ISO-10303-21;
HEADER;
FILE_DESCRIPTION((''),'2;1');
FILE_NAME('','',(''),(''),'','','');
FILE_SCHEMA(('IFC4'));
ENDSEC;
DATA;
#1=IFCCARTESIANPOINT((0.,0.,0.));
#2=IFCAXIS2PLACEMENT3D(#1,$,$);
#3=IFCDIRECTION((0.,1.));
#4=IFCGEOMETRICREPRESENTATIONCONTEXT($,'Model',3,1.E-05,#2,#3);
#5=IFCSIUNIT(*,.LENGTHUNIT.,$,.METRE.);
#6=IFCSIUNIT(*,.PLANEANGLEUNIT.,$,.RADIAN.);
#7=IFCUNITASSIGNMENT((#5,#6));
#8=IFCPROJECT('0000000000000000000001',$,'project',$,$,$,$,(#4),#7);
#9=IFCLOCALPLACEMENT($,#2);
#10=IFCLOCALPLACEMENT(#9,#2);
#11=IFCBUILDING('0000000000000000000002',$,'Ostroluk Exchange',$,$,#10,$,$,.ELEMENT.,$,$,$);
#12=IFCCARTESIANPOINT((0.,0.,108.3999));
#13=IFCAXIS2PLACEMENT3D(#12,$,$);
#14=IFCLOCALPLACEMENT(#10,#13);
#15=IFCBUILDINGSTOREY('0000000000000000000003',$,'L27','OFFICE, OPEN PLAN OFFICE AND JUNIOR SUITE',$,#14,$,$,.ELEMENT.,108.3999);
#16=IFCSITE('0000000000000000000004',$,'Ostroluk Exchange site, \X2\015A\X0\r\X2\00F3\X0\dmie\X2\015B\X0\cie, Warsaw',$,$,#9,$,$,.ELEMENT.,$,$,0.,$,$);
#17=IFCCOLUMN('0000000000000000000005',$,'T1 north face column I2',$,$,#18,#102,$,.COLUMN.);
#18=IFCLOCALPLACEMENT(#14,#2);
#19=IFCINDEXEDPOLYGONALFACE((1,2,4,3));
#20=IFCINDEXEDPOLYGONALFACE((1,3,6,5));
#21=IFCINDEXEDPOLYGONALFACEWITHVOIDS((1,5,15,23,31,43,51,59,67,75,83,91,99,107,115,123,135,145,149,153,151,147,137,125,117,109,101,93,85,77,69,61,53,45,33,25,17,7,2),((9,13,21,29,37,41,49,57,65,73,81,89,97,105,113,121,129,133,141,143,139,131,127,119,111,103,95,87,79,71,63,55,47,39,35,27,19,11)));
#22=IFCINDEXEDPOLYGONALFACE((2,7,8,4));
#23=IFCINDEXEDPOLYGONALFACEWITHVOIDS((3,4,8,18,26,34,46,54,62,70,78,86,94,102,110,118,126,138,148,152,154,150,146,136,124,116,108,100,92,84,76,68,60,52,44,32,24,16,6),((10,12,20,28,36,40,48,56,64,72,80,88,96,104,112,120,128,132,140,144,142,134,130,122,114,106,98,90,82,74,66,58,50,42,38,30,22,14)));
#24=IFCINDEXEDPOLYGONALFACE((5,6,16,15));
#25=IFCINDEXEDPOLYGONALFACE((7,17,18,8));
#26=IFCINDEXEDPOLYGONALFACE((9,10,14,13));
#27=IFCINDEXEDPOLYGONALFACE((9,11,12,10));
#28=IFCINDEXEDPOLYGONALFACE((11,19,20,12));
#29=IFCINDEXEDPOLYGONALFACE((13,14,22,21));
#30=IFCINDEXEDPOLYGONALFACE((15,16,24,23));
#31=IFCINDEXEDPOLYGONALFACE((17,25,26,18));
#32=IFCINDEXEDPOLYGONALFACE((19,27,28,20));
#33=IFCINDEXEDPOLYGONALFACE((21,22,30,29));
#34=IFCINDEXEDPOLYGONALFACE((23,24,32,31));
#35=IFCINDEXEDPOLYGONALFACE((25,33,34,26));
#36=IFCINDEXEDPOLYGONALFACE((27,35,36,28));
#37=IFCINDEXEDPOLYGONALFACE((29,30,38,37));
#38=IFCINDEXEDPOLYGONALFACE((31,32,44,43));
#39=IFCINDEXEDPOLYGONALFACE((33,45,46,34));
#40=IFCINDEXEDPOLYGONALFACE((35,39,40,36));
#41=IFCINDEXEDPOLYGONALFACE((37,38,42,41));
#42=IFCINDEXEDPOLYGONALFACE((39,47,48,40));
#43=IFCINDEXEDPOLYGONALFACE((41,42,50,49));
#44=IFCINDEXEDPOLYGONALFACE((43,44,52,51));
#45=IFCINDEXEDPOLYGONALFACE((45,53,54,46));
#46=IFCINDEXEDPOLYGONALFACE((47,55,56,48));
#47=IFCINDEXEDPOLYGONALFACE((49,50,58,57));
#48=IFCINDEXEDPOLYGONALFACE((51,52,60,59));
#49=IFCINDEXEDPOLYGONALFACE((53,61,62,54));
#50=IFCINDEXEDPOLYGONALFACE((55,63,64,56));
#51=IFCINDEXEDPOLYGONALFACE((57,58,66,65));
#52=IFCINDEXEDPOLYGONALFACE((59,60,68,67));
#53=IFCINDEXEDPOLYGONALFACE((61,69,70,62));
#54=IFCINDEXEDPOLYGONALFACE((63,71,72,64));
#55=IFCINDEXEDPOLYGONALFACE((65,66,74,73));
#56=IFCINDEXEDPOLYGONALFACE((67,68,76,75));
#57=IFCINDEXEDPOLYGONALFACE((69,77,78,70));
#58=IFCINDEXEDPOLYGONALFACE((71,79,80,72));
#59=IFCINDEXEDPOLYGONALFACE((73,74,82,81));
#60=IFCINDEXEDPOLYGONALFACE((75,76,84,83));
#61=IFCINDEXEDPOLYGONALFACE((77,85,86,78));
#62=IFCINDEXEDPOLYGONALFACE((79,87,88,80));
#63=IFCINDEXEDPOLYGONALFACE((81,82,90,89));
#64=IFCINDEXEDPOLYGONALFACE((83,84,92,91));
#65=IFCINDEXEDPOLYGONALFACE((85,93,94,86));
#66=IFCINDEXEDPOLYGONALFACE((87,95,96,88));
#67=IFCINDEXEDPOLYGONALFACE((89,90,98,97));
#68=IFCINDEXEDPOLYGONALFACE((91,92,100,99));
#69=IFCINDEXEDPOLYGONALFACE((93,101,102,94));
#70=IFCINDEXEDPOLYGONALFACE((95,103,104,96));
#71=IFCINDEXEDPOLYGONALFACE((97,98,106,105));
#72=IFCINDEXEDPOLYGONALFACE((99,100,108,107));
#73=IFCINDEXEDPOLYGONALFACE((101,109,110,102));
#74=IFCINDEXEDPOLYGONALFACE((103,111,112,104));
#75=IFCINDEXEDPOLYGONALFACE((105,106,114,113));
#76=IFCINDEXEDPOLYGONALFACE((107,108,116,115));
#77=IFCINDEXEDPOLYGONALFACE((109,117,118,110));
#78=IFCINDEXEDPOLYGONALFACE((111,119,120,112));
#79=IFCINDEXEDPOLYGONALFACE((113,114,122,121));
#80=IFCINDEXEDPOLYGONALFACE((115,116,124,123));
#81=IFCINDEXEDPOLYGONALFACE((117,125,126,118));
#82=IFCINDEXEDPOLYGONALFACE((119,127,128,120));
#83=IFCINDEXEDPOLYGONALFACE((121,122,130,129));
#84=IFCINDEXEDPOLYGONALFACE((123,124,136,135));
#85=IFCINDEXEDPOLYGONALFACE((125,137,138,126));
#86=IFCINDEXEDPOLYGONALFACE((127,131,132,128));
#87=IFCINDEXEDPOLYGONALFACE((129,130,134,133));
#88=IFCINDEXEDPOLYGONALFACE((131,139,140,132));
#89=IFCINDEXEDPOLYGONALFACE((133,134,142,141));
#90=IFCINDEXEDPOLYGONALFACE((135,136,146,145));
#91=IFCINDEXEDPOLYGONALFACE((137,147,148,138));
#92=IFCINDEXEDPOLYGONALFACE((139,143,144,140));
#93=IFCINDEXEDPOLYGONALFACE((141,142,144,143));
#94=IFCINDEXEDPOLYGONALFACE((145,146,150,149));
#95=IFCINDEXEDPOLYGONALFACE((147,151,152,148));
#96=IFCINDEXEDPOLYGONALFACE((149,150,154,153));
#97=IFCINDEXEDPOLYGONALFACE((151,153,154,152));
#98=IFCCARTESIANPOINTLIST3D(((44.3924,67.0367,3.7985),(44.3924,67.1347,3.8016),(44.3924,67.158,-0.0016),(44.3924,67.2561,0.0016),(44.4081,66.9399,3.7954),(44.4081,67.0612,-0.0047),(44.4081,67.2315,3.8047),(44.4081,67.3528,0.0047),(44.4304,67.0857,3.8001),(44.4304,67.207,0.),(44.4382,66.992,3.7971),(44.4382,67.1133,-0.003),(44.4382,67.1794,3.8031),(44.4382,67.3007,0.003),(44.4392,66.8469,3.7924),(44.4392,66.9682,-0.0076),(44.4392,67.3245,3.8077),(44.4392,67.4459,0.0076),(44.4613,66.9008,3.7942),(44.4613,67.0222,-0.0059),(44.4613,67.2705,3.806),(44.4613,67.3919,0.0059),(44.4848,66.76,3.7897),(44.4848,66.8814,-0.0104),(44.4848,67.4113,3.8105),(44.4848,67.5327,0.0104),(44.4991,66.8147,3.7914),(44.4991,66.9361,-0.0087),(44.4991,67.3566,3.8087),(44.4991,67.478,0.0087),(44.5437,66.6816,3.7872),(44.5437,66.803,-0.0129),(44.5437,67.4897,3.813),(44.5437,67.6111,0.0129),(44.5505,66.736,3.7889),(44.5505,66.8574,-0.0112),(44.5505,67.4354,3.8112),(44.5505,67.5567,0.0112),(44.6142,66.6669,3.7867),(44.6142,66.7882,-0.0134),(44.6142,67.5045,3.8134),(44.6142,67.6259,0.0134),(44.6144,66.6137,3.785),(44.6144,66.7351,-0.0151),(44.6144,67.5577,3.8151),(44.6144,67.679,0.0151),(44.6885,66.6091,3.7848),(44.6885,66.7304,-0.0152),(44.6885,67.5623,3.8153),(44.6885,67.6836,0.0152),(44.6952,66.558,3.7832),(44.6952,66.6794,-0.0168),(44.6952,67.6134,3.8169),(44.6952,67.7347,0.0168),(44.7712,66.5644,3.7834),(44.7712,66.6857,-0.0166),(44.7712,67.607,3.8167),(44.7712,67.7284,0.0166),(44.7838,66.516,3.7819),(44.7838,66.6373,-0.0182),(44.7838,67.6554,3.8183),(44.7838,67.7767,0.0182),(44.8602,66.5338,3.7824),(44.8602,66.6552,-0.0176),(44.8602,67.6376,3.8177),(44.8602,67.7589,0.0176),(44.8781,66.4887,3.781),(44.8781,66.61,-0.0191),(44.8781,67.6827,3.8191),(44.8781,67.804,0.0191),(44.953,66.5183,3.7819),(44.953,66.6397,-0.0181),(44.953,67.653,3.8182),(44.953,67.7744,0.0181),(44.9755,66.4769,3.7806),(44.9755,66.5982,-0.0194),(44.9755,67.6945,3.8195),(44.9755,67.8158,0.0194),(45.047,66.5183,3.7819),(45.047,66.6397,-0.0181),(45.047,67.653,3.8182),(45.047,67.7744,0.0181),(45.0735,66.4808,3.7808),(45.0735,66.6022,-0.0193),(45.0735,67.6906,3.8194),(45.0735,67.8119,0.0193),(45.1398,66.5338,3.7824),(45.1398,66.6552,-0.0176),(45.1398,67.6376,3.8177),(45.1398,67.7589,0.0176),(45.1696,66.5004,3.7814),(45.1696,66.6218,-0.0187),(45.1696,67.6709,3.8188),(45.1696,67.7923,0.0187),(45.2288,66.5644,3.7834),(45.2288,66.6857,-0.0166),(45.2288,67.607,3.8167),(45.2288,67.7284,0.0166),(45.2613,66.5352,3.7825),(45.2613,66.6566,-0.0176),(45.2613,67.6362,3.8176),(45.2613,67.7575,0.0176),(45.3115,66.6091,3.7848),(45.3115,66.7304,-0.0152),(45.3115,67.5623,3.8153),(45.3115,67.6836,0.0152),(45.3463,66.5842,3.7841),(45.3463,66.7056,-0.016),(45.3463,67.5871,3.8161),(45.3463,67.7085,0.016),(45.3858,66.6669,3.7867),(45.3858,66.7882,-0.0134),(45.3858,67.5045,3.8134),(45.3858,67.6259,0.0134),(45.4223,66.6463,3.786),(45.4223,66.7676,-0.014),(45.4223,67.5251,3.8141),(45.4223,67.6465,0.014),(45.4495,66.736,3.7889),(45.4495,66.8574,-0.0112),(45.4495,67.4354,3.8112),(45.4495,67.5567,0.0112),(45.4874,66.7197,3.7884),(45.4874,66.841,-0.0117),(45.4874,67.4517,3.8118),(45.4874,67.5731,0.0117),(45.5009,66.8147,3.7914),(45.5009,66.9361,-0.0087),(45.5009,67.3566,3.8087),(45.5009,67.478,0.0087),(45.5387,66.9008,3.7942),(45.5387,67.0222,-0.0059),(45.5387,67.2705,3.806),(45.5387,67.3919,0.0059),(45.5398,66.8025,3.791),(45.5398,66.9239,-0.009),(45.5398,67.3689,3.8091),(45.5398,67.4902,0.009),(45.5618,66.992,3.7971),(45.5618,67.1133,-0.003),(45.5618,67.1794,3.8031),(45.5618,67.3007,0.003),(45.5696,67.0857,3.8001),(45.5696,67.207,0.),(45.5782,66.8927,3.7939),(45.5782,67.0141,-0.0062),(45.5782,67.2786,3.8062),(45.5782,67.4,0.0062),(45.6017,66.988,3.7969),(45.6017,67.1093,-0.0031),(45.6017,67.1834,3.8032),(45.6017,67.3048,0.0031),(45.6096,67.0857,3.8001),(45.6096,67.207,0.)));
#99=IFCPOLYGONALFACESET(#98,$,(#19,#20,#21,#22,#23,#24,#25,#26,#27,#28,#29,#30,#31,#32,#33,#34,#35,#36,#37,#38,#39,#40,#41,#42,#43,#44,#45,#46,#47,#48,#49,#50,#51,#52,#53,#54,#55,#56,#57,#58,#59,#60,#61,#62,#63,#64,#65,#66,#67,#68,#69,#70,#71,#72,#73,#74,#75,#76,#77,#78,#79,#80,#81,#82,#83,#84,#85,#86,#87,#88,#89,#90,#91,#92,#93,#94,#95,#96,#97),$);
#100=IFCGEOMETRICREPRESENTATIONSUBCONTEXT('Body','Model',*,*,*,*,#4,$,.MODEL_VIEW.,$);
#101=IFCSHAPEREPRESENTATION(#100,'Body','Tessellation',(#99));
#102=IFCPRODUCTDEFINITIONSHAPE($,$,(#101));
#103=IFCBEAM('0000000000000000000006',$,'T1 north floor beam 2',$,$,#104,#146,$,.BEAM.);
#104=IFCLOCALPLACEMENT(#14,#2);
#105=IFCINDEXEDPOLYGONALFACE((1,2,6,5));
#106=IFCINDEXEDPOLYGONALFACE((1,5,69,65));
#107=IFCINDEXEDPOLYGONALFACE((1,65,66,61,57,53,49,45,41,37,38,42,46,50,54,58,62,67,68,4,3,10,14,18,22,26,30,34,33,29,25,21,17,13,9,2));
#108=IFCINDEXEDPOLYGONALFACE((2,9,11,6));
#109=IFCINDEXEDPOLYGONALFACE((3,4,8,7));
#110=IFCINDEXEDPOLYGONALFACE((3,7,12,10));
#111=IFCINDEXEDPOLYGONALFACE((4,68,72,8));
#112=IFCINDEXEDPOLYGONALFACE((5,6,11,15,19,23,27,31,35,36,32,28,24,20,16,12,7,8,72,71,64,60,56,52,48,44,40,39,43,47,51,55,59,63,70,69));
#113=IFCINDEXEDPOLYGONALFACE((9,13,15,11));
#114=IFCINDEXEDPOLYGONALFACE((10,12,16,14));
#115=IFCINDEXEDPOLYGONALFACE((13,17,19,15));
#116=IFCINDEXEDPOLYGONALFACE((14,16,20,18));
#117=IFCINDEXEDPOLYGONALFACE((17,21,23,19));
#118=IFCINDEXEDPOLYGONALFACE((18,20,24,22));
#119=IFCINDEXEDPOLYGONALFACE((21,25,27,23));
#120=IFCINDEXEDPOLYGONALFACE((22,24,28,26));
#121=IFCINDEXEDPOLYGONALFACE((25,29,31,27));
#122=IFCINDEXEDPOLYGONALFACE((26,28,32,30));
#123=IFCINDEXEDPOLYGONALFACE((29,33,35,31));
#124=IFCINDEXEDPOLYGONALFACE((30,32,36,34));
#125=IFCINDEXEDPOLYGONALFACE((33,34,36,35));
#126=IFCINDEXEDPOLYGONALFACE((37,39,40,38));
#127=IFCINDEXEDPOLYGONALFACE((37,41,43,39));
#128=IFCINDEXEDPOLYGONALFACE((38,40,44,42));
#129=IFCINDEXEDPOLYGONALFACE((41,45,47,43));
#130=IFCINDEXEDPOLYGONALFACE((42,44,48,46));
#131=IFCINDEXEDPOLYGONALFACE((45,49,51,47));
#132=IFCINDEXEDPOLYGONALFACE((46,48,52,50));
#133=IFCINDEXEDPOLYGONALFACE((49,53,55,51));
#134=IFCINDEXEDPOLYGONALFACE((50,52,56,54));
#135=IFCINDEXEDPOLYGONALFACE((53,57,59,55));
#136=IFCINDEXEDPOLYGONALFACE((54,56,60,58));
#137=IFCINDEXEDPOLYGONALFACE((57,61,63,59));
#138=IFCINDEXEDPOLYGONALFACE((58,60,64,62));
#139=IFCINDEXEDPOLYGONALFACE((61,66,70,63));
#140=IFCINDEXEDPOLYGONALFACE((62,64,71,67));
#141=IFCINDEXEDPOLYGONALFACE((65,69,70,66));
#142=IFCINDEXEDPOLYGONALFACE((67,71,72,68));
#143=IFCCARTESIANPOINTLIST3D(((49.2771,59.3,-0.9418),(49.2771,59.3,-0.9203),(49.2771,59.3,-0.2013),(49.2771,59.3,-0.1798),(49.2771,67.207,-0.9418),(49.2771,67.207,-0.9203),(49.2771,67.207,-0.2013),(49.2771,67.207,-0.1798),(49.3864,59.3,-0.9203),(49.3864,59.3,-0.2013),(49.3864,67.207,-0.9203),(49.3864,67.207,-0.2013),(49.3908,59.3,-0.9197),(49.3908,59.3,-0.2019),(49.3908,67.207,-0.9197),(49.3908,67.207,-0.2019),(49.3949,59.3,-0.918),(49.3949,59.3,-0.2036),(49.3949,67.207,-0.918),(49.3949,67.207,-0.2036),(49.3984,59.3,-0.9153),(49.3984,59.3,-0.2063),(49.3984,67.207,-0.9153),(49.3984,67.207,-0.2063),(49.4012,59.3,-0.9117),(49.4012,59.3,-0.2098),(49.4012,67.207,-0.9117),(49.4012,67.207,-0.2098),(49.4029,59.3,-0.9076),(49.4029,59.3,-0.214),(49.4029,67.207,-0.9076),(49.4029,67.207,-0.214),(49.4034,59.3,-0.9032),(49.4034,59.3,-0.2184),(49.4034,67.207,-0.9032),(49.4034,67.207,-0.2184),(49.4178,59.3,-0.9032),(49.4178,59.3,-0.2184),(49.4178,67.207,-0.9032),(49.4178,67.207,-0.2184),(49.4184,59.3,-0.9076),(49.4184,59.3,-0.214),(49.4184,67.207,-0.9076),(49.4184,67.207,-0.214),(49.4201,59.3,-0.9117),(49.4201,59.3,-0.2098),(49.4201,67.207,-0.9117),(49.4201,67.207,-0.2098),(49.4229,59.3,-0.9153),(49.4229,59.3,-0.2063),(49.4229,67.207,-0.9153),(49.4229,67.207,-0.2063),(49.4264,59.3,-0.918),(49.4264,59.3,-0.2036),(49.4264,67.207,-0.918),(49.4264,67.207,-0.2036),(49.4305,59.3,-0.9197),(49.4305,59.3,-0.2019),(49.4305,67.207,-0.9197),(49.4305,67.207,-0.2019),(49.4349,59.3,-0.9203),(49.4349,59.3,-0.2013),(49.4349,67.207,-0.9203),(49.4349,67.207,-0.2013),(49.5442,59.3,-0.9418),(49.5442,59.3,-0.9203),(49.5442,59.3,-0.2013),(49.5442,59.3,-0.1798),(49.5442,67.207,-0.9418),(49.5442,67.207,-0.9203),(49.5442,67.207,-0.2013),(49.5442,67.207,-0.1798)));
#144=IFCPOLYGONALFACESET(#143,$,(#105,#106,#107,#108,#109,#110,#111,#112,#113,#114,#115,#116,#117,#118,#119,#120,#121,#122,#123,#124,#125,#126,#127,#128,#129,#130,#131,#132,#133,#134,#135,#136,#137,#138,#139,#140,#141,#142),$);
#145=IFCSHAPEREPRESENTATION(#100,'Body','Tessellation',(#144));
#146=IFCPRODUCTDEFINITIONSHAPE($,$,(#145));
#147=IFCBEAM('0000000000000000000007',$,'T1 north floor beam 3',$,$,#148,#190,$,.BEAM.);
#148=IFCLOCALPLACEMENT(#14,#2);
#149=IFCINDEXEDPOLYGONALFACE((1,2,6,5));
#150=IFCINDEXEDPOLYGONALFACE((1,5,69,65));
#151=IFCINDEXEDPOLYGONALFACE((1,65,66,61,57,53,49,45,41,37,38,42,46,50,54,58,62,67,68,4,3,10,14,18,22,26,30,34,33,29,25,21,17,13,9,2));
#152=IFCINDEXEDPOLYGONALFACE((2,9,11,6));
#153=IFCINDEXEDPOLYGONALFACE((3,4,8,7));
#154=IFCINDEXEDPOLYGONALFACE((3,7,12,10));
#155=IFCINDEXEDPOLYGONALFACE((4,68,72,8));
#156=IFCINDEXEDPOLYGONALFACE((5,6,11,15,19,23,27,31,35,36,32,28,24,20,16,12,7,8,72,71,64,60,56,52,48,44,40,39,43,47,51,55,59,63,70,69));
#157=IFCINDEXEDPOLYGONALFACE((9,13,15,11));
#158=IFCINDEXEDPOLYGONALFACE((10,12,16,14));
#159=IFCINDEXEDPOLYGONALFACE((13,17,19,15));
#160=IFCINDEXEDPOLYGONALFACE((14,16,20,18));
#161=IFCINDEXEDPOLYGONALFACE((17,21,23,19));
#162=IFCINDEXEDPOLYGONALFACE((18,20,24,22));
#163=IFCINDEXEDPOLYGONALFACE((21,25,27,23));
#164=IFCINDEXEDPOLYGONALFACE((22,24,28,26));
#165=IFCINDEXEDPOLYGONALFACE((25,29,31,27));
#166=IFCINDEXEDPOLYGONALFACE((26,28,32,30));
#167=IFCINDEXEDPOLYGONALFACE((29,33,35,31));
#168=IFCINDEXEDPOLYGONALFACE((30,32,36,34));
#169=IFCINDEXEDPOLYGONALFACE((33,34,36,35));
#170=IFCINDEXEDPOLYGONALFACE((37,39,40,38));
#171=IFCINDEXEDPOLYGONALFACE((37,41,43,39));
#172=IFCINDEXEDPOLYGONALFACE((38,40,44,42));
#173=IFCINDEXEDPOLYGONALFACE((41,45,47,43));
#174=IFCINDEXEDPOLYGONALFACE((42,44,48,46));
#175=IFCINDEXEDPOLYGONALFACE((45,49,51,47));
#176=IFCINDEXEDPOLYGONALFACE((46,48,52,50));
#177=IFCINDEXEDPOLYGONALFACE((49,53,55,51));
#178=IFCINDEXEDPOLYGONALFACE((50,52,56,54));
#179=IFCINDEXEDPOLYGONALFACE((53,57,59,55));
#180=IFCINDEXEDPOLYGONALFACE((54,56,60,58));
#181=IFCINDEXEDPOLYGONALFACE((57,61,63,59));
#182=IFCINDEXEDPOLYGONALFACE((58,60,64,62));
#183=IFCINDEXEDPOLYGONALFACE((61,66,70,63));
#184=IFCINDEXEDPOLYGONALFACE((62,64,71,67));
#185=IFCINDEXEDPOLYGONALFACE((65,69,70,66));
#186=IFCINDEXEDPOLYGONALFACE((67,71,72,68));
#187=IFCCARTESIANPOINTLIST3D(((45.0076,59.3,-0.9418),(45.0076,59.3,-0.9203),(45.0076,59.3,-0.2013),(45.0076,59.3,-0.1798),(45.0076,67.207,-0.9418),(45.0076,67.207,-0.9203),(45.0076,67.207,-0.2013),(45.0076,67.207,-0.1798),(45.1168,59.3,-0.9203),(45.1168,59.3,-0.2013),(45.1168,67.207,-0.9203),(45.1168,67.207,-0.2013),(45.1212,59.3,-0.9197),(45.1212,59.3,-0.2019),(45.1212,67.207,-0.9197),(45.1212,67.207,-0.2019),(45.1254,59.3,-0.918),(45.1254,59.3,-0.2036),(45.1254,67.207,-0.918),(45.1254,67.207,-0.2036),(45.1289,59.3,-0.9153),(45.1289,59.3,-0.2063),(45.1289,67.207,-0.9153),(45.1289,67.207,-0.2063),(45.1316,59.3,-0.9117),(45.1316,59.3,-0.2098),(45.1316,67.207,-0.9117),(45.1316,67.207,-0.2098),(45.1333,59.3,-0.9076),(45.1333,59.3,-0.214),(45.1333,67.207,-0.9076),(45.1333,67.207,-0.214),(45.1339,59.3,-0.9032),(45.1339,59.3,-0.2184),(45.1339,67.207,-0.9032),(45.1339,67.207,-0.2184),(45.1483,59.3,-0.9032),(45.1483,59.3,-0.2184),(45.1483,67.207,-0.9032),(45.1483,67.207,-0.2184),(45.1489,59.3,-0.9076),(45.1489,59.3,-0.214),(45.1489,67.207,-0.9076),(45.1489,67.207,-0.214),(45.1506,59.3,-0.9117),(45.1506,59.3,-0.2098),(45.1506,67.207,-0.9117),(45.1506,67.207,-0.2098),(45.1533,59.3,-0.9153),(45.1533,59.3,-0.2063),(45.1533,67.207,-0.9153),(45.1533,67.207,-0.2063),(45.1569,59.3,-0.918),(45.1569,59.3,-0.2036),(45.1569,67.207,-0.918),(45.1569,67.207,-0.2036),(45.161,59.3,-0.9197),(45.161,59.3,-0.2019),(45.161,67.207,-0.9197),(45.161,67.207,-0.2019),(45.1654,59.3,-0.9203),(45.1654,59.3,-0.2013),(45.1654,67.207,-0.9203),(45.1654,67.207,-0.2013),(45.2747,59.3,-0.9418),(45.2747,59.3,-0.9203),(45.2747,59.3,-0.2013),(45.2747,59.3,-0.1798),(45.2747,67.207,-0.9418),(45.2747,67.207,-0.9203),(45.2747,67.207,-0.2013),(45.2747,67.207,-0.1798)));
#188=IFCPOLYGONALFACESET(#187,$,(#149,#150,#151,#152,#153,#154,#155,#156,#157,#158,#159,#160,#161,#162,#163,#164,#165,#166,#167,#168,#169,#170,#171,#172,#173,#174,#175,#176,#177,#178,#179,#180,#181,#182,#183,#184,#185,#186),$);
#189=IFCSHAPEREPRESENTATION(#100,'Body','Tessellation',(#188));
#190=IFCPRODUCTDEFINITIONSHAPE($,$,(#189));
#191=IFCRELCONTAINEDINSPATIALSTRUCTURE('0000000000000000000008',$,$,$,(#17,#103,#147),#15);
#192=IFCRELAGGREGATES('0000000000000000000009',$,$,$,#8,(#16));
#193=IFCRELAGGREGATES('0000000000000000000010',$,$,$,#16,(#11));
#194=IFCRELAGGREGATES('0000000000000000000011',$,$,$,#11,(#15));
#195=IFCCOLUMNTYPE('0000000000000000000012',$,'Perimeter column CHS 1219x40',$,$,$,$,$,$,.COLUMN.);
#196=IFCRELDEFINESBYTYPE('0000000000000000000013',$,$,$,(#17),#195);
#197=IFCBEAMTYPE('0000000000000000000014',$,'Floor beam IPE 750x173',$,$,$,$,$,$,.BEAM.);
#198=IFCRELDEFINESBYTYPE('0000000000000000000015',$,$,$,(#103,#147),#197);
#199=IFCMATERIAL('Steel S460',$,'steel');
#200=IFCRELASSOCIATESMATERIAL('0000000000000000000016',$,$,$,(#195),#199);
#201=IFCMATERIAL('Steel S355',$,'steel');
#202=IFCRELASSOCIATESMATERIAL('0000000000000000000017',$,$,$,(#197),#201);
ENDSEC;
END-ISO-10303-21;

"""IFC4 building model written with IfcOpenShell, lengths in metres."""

from ifc_helpers import new_model, si_unit, direction, frame, origin, origin_2d, place, context, subcontext, project, spatial, hollow_circle, i_section, extrude, material, material_profile, profile_set, type_object, element, save


model = new_model("IFC4")

# Units and contexts
model_context = context("Model", 3, precision=1e-05, world=origin(), true_north=direction((0.0, 1.0)))
body_context = subcontext(model_context, "Body", "Model", "MODEL_VIEW")
ifc_project = project(units=[si_unit("LENGTHUNIT", "METRE"), si_unit("PLANEANGLEUNIT", "RADIAN")], contexts=[model_context])

# Site, building, storey
site_placement = place(None, origin())
site = spatial("IfcSite", under=ifc_project, at=site_placement, Name="Ostroluk Exchange site, Śródmieście, Warsaw", CompositionType="ELEMENT", RefElevation=0.0)
building_placement = place(site_placement, origin())
building = spatial("IfcBuilding", under=site, at=building_placement, Name="Ostroluk Exchange", CompositionType="ELEMENT")
storey_placement = place(building_placement, frame((0.0, 0.0, 108.3999)))
storey = spatial("IfcBuildingStorey", under=building, at=storey_placement, Name="L27", Description="OFFICE, OPEN PLAN OFFICE AND JUNIOR SUITE", CompositionType="ELEMENT", Elevation=108.3999)

# Column
ifc_material_1 = material(Name="Steel S460", Category="steel")
ifc_material_profile_1 = material_profile(ifc_material_1, hollow_circle(Radius=0.6096, WallThickness=0.04, at=origin_2d()), Name="CHS 1219x40")
ifc_profile_set_1 = profile_set([ifc_material_profile_1], Name="Steel S460")
column_type = type_object("IfcColumnType", Name="Perimeter column CHS 1219x40", PredefinedType="COLUMN", material=ifc_profile_set_1)
column_placement = place(storey_placement, frame((45.0, 67.207, 0.0), z_axis=(0.0, -0.031914, 0.999491), x_axis=(1.0, 0.0, 0.0)))
element("IfcColumn", 1, at=column_placement, inside=storey, type_object=column_type, Name="T1 north face column I2", PredefinedType="COLUMN", context=body_context, shape_type="SweptSolid", body=[
    extrude(hollow_circle(Radius=0.6096, WallThickness=0.04, at=origin_2d()), origin(), (0.0, 0.0, 1.0), 3.802),
])

# Beams
ifc_material_2 = material(Name="Steel S355", Category="steel")
ifc_material_profile_2 = material_profile(ifc_material_2, i_section(OverallWidth=0.2671, OverallDepth=0.762, WebThickness=0.0144, FlangeThickness=0.0215, FilletRadius=0.0171, at=origin_2d()), Name="IPE 750x173")
ifc_profile_set_2 = profile_set([ifc_material_profile_2], Name="Steel S355")
beam_type_1 = type_object("IfcBeamType", Name="Floor beam IPE 750x173", PredefinedType="BEAM", material=ifc_profile_set_2)
for number, where, z_axis, x_axis, name in (
    (2, (49.4106, 59.3, -0.5608), (0.0, 1.0, 0.0), (-1.0, 0.0, 0.0), "T1 north floor beam 2"),
    (3, (45.1411, 59.3, -0.5608), (0.0, 1.0, 0.0), (-1.0, 0.0, 0.0), "T1 north floor beam 3"),
):
    element("IfcBeam", number, at=place(storey_placement, frame(where, z_axis=z_axis, x_axis=x_axis)), inside=storey, type_object=beam_type_1, Name=name, PredefinedType="BEAM", context=body_context, shape_type="SweptSolid", body=[
        extrude(i_section(OverallWidth=0.2671, OverallDepth=0.762, WebThickness=0.0144, FlangeThickness=0.0215, FilletRadius=0.0171, at=origin_2d()), origin(), (0.0, 0.0, 1.0), 7.907),
    ])

save(model, "model.ifc")
